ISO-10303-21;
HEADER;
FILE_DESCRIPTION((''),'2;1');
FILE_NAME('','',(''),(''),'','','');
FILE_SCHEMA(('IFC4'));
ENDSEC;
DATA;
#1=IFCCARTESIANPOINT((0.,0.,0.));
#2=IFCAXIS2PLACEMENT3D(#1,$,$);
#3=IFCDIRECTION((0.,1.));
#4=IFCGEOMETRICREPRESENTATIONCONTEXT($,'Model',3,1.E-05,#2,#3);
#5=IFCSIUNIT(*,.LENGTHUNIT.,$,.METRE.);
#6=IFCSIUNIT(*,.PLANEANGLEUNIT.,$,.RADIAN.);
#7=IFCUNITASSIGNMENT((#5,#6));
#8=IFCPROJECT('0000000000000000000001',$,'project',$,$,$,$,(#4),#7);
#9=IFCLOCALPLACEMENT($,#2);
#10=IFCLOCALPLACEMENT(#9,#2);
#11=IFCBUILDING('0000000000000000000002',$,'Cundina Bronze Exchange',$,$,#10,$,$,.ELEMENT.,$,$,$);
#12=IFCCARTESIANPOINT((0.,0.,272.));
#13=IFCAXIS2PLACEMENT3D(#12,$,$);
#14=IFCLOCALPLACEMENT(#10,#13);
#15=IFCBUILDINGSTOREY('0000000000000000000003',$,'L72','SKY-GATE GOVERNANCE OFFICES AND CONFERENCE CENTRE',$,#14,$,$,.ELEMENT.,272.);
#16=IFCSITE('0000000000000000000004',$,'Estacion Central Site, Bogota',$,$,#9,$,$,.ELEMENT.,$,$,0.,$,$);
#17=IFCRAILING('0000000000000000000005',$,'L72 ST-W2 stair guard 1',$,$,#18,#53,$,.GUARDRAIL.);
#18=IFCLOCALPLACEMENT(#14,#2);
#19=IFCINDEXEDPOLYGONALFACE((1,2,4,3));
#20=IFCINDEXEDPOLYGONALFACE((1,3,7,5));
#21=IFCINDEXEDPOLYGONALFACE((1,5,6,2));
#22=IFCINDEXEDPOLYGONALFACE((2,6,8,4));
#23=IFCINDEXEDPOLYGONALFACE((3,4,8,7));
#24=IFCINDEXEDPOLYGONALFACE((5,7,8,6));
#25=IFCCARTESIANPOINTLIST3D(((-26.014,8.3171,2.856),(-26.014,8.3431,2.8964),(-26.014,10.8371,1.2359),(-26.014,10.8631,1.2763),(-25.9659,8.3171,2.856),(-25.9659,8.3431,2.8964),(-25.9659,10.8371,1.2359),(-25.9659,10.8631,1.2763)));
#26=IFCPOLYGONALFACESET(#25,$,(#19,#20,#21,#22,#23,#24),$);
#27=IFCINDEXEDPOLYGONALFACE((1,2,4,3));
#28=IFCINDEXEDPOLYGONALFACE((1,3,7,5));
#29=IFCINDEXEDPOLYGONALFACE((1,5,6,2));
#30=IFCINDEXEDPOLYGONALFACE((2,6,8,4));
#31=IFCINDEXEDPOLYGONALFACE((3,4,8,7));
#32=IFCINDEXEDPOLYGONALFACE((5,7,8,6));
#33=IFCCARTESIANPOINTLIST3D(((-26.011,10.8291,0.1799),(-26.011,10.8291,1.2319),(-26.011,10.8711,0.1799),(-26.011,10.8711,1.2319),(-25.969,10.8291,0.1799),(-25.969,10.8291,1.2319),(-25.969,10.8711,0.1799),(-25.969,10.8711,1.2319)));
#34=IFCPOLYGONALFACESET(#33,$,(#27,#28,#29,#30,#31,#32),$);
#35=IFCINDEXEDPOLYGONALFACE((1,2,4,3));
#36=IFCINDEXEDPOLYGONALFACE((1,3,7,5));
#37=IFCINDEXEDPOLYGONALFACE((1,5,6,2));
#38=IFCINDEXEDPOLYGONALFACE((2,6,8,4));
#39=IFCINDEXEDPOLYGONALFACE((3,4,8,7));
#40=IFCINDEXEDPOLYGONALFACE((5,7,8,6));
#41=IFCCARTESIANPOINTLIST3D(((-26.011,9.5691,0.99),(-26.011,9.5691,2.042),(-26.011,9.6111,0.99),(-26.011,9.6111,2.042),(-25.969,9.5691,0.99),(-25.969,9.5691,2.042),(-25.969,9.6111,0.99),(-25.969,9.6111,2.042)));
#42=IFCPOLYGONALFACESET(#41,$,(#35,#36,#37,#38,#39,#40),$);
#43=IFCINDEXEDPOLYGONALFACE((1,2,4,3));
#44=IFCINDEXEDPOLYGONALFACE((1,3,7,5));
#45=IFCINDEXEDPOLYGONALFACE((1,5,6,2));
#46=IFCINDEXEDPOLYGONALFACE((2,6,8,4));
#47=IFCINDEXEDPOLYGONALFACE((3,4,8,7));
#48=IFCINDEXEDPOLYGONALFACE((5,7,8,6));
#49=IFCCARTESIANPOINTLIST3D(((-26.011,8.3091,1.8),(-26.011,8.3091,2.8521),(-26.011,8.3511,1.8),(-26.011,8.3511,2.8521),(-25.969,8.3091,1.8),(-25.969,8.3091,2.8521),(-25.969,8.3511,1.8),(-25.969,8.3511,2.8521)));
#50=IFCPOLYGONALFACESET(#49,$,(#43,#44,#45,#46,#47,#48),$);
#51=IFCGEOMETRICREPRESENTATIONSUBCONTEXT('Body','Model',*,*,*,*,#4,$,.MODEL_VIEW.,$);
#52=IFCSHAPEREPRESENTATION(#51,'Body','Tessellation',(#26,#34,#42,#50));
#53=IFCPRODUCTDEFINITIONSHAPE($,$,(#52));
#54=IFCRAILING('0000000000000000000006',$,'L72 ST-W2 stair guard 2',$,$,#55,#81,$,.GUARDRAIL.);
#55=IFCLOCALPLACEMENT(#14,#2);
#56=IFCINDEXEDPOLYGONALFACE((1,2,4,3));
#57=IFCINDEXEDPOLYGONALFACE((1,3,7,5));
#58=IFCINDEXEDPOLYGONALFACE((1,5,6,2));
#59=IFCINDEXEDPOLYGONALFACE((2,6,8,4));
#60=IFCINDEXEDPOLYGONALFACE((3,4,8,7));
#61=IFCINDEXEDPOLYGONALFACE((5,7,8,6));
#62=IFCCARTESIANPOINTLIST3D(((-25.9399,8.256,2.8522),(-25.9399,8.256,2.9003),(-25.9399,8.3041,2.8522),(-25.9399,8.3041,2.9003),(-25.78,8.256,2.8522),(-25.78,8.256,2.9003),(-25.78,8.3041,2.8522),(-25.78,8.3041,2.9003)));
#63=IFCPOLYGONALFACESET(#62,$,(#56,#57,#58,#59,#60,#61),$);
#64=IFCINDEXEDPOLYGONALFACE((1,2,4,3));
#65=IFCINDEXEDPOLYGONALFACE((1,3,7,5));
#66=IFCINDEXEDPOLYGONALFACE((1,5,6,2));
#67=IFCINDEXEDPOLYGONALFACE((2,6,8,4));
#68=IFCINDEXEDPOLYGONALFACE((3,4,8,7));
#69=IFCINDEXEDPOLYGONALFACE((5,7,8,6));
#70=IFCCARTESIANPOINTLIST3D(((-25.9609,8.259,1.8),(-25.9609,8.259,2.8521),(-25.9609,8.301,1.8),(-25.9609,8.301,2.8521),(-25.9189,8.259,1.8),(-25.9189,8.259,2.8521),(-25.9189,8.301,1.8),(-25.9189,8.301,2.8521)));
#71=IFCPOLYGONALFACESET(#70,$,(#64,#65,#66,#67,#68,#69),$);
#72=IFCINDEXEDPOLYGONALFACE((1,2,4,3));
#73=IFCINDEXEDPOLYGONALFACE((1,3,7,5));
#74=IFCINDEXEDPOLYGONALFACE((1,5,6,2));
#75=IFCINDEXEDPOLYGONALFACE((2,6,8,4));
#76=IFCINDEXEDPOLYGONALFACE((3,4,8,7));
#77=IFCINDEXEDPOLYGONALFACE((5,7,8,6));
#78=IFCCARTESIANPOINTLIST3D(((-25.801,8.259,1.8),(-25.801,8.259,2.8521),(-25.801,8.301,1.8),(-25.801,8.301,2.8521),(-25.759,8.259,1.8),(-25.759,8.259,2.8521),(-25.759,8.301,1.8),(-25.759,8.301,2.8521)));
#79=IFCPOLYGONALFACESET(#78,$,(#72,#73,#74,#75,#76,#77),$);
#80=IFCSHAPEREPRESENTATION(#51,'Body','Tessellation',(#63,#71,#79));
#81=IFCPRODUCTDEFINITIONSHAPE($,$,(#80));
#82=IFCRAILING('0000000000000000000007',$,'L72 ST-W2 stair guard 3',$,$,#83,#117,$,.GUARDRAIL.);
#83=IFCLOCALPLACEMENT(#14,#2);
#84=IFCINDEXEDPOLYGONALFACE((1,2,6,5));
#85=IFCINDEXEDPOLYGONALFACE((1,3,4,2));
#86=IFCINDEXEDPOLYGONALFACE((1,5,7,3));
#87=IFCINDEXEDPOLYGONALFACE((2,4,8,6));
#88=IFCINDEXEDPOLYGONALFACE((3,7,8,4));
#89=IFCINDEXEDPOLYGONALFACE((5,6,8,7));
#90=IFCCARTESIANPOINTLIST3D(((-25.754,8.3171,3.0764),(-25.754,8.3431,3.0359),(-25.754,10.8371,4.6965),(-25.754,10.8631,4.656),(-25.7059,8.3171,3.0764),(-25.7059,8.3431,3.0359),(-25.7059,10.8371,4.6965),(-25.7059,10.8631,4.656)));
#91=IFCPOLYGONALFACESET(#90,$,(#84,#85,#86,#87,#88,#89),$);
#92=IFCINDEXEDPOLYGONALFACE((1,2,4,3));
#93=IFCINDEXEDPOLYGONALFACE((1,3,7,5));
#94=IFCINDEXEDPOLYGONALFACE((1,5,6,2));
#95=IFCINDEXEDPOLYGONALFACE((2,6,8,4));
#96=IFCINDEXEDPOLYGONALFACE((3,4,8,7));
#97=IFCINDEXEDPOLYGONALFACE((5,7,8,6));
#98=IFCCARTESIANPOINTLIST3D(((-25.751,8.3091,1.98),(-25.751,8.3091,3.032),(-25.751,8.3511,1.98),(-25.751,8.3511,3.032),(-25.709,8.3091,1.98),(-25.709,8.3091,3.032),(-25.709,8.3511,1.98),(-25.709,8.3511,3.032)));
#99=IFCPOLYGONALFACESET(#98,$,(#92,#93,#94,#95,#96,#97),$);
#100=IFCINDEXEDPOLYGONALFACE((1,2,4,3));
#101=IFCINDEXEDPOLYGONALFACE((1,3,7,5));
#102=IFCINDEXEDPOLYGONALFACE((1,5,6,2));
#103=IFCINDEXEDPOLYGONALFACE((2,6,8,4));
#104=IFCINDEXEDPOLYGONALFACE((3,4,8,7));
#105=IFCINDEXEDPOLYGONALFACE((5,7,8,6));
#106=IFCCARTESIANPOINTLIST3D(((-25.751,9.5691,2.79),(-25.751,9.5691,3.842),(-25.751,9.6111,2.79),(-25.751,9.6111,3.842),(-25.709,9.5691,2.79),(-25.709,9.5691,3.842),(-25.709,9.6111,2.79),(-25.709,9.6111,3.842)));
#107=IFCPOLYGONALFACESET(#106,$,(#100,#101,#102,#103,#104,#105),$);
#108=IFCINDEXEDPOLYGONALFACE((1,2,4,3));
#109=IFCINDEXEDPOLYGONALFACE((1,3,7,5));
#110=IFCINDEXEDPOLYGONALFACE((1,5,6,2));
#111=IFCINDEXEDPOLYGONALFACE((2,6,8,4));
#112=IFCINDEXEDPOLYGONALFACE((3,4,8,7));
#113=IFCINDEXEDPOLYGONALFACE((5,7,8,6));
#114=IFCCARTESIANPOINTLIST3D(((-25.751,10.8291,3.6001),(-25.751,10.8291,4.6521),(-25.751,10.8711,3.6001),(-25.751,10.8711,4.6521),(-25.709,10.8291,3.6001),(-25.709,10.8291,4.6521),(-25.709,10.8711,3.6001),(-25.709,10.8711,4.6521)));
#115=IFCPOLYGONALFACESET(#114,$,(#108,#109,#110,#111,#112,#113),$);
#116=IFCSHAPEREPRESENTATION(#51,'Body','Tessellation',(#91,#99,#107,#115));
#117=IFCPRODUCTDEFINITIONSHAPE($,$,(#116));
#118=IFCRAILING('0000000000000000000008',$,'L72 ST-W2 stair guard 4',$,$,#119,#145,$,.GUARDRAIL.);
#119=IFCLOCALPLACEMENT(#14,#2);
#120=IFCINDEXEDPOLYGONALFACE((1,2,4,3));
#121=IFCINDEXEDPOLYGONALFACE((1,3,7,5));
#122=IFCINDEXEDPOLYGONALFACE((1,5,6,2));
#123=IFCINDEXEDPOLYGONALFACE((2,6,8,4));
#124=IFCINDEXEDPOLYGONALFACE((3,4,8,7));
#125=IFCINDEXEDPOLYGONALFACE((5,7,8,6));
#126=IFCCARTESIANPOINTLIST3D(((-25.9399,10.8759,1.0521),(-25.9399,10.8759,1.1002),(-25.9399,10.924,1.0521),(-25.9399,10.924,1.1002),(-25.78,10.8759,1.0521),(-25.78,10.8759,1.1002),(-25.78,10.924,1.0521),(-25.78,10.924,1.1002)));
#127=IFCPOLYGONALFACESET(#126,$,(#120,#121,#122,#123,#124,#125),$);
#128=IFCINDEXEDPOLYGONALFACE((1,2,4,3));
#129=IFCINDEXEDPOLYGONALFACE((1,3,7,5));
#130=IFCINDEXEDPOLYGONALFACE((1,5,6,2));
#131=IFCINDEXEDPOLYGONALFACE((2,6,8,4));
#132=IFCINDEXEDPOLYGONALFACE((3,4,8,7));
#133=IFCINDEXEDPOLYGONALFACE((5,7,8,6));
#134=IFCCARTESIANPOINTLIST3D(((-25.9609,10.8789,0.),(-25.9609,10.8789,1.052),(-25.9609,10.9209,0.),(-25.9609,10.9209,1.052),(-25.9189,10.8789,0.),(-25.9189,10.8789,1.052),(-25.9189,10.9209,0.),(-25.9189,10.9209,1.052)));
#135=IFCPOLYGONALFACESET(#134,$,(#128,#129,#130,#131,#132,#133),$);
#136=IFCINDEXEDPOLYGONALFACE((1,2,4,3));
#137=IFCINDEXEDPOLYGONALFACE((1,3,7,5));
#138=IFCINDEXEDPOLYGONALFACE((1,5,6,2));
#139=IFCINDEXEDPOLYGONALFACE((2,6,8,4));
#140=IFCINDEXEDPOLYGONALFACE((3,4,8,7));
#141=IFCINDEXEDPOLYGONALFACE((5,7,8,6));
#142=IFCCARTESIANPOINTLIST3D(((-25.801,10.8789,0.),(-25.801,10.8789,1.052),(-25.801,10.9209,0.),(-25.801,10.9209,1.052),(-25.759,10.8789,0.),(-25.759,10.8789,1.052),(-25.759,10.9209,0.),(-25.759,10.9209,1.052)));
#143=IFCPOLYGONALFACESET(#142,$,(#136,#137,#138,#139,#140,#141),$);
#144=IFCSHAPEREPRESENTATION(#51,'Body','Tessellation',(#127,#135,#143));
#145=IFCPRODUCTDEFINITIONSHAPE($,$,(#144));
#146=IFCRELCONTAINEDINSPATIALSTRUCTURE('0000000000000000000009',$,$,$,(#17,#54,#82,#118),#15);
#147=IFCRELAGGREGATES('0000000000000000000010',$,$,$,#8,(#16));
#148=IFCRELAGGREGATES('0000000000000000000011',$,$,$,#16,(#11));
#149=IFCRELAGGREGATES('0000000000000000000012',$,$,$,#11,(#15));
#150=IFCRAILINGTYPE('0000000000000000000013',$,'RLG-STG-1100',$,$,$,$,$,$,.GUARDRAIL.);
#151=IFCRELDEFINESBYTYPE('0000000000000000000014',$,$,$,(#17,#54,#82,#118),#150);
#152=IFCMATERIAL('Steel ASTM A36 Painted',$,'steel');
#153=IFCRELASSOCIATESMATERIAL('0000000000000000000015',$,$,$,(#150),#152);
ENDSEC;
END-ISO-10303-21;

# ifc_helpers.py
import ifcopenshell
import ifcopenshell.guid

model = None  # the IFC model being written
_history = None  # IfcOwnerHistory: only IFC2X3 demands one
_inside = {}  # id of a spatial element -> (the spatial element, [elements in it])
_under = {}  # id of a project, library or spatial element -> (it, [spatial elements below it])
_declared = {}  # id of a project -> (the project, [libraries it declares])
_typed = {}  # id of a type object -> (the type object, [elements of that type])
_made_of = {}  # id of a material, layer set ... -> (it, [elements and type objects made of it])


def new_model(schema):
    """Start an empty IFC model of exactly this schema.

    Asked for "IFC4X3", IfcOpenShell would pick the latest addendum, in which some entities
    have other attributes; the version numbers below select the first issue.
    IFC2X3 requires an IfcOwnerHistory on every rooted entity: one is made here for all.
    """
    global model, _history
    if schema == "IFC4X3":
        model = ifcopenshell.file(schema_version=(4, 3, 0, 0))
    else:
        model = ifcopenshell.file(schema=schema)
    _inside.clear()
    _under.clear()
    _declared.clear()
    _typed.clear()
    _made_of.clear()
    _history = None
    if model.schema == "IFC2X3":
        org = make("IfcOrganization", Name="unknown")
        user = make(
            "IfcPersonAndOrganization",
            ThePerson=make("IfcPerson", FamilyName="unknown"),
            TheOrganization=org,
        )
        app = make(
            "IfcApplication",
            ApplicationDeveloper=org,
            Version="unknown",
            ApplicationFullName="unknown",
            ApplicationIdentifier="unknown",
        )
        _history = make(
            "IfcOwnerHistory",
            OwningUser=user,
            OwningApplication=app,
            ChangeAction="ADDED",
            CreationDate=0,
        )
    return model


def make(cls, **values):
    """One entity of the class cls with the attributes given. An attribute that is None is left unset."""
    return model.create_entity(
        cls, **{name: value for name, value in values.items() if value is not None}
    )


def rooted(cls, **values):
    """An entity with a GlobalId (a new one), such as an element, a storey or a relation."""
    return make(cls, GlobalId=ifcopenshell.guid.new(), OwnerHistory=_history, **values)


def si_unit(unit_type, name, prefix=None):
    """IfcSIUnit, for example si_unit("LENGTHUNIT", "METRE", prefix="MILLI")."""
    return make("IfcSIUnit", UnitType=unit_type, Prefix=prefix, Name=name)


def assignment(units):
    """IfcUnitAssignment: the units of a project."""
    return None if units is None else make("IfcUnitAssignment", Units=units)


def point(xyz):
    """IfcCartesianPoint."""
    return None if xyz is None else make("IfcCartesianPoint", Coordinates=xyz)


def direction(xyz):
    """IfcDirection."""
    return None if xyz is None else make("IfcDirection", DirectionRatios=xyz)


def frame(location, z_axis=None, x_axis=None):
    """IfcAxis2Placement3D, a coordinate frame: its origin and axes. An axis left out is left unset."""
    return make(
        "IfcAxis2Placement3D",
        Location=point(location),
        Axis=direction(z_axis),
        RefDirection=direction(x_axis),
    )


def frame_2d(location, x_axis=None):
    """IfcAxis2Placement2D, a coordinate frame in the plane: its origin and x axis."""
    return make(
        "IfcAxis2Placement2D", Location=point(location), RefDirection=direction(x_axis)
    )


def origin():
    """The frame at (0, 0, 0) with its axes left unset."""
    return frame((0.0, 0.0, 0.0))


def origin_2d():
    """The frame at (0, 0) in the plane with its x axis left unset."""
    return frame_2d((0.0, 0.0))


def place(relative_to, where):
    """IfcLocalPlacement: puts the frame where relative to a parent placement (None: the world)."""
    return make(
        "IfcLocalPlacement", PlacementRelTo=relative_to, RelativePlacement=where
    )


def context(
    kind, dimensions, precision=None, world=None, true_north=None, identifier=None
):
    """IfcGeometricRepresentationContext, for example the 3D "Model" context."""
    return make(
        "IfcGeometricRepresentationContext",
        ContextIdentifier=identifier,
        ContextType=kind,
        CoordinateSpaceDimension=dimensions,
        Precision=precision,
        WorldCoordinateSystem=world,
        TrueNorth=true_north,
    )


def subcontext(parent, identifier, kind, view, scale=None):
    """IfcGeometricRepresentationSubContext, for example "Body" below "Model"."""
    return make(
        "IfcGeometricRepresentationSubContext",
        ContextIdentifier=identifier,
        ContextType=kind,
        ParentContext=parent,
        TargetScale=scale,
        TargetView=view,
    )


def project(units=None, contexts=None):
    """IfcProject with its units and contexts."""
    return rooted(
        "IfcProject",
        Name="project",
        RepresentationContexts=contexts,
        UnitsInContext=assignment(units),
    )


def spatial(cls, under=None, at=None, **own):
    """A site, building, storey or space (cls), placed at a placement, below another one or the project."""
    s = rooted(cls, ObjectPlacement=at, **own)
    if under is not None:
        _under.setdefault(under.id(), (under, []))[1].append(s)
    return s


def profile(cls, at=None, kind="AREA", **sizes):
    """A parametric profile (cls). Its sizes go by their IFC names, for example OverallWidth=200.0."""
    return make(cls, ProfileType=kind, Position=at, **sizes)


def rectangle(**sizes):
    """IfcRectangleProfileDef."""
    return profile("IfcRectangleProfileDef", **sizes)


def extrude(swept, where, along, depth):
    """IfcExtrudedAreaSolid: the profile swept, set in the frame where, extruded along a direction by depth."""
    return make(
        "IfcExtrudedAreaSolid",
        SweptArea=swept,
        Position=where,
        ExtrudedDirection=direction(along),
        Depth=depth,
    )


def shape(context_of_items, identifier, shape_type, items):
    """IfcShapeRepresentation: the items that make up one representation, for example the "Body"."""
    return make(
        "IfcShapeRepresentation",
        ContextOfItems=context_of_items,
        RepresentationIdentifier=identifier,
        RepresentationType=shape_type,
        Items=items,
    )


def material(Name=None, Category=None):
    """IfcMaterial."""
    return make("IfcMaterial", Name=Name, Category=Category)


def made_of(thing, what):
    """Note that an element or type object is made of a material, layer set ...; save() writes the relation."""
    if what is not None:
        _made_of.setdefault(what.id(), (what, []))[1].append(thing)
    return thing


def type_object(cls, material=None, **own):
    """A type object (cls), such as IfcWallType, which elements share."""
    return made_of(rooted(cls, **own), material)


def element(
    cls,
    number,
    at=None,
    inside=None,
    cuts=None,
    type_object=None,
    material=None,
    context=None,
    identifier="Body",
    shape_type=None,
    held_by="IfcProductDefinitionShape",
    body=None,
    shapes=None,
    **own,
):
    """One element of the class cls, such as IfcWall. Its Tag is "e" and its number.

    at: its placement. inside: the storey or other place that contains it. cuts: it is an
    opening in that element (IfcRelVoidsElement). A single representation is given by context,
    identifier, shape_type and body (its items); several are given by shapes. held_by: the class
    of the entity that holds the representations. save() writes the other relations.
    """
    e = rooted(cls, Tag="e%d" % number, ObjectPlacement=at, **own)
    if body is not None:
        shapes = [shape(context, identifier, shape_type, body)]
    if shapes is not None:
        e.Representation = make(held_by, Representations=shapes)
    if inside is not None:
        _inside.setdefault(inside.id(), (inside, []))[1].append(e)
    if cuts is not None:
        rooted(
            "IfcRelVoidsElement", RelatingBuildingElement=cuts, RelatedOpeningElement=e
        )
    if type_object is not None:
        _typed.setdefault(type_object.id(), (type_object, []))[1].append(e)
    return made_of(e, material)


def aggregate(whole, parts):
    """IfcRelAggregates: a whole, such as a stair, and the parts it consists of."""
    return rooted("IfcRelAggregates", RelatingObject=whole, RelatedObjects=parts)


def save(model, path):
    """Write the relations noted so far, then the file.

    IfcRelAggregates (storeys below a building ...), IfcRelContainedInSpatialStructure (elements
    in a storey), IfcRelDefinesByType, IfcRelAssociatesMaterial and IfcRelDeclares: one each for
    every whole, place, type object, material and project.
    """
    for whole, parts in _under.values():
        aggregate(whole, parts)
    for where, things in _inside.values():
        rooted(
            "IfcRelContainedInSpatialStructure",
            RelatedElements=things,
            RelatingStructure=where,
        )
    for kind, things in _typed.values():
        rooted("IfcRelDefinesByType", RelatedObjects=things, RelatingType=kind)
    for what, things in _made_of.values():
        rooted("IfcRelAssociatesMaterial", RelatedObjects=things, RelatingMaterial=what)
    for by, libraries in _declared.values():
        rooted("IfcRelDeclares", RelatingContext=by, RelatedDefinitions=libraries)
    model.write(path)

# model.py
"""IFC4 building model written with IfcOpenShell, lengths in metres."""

from ifc_helpers import new_model, si_unit, direction, frame, origin, origin_2d, place, context, subcontext, project, spatial, rectangle, extrude, material, type_object, element, save


model = new_model("IFC4")

# Units and contexts
model_context = context("Model", 3, precision=1e-05, world=origin(), true_north=direction((0.0, 1.0)))
body_context = subcontext(model_context, "Body", "Model", "MODEL_VIEW")
ifc_project = project(units=[si_unit("LENGTHUNIT", "METRE"), si_unit("PLANEANGLEUNIT", "RADIAN")], contexts=[model_context])

# Site, building, storey
site_placement = place(None, origin())
site = spatial("IfcSite", under=ifc_project, at=site_placement, Name="Estacion Central Site, Bogota", CompositionType="ELEMENT", RefElevation=0.0)
building_placement = place(site_placement, origin())
building = spatial("IfcBuilding", under=site, at=building_placement, Name="Cundina Bronze Exchange", CompositionType="ELEMENT")
storey_placement = place(building_placement, frame((0.0, 0.0, 272.0)))
storey = spatial("IfcBuildingStorey", under=building, at=storey_placement, Name="L72", Description="SKY-GATE GOVERNANCE OFFICES AND CONFERENCE CENTRE", CompositionType="ELEMENT", Elevation=272.0)

# Shared definitions
ifc_material_1 = material(Name="Steel ASTM A36 Painted", Category="steel")

# Railings
railing_type_1 = type_object("IfcRailingType", Name="RLG-STG-1100", PredefinedType="GUARDRAIL", material=ifc_material_1)
railing_1_placement = place(storey_placement, frame((-25.99, 10.8501, 0.1799)))
element("IfcRailing", 1, at=railing_1_placement, inside=storey, type_object=railing_type_1, Name="L72 ST-W2 stair guard 1", PredefinedType="GUARDRAIL", context=body_context, shape_type="SweptSolid", body=[
    extrude(rectangle(XDim=0.0481, YDim=0.0481, at=origin_2d()), frame((0.0, 0.0, 1.0762), z_axis=(0.0, -0.841163, 0.540782), x_axis=(1.0, 0.0, 0.0)), (0.0, 0.0, 1.0), 2.9958),
    extrude(rectangle(XDim=0.042, YDim=0.042, at=origin_2d()), origin(), (0.0, 0.0, 1.0), 1.052),
    extrude(rectangle(XDim=0.042, YDim=0.042, at=origin_2d()), frame((0.0, -1.26, 0.8101)), (0.0, 0.0, 1.0), 1.052),
    extrude(rectangle(XDim=0.042, YDim=0.042, at=origin_2d()), frame((0.0, -2.52, 1.6201)), (0.0, 0.0, 1.0), 1.052),
])
railing_2_placement = place(storey_placement, frame((-25.9399, 8.28, 1.8)))
element("IfcRailing", 2, at=railing_2_placement, inside=storey, type_object=railing_type_1, Name="L72 ST-W2 stair guard 2", PredefinedType="GUARDRAIL", context=body_context, shape_type="SweptSolid", body=[
    extrude(rectangle(XDim=0.0481, YDim=0.0481, at=origin_2d()), frame((0.0, 0.0, 1.0762), z_axis=(1.0, 0.0, 0.0), x_axis=(0.0, 1.0, 0.0)), (0.0, 0.0, 1.0), 0.1599),
    extrude(rectangle(XDim=0.042, YDim=0.042, at=origin_2d()), origin(), (0.0, 0.0, 1.0), 1.052),
    extrude(rectangle(XDim=0.042, YDim=0.042, at=origin_2d()), frame((0.1599, 0.0, 0.0)), (0.0, 0.0, 1.0), 1.052),
])
railing_3_placement = place(storey_placement, frame((-25.73, 8.3301, 1.98)))
element("IfcRailing", 3, at=railing_3_placement, inside=storey, type_object=railing_type_1, Name="L72 ST-W2 stair guard 3", PredefinedType="GUARDRAIL", context=body_context, shape_type="SweptSolid", body=[
    extrude(rectangle(XDim=0.0481, YDim=0.0481, at=origin_2d()), frame((0.0, 0.0, 1.0762), z_axis=(0.0, 0.841163, 0.540782), x_axis=(-1.0, 0.0, 0.0)), (0.0, 0.0, 1.0), 2.9958),
    extrude(rectangle(XDim=0.042, YDim=0.042, at=origin_2d()), origin(), (0.0, 0.0, 1.0), 1.052),
    extrude(rectangle(XDim=0.042, YDim=0.042, at=origin_2d()), frame((0.0, 1.26, 0.8101)), (0.0, 0.0, 1.0), 1.052),
    extrude(rectangle(XDim=0.042, YDim=0.042, at=origin_2d()), frame((0.0, 2.52, 1.6201)), (0.0, 0.0, 1.0), 1.052),
])
railing_4_placement = place(storey_placement, frame((-25.9399, 10.8999, 0.0)))
element("IfcRailing", 4, at=railing_4_placement, inside=storey, type_object=railing_type_1, Name="L72 ST-W2 stair guard 4", PredefinedType="GUARDRAIL", context=body_context, shape_type="SweptSolid", body=[
    extrude(rectangle(XDim=0.0481, YDim=0.0481, at=origin_2d()), frame((0.0, 0.0, 1.0762), z_axis=(1.0, 0.0, 0.0), x_axis=(0.0, 1.0, 0.0)), (0.0, 0.0, 1.0), 0.1599),
    extrude(rectangle(XDim=0.042, YDim=0.042, at=origin_2d()), origin(), (0.0, 0.0, 1.0), 1.052),
    extrude(rectangle(XDim=0.042, YDim=0.042, at=origin_2d()), frame((0.1599, 0.0, 0.0)), (0.0, 0.0, 1.0), 1.052),
])

save(model, "model.ifc")
